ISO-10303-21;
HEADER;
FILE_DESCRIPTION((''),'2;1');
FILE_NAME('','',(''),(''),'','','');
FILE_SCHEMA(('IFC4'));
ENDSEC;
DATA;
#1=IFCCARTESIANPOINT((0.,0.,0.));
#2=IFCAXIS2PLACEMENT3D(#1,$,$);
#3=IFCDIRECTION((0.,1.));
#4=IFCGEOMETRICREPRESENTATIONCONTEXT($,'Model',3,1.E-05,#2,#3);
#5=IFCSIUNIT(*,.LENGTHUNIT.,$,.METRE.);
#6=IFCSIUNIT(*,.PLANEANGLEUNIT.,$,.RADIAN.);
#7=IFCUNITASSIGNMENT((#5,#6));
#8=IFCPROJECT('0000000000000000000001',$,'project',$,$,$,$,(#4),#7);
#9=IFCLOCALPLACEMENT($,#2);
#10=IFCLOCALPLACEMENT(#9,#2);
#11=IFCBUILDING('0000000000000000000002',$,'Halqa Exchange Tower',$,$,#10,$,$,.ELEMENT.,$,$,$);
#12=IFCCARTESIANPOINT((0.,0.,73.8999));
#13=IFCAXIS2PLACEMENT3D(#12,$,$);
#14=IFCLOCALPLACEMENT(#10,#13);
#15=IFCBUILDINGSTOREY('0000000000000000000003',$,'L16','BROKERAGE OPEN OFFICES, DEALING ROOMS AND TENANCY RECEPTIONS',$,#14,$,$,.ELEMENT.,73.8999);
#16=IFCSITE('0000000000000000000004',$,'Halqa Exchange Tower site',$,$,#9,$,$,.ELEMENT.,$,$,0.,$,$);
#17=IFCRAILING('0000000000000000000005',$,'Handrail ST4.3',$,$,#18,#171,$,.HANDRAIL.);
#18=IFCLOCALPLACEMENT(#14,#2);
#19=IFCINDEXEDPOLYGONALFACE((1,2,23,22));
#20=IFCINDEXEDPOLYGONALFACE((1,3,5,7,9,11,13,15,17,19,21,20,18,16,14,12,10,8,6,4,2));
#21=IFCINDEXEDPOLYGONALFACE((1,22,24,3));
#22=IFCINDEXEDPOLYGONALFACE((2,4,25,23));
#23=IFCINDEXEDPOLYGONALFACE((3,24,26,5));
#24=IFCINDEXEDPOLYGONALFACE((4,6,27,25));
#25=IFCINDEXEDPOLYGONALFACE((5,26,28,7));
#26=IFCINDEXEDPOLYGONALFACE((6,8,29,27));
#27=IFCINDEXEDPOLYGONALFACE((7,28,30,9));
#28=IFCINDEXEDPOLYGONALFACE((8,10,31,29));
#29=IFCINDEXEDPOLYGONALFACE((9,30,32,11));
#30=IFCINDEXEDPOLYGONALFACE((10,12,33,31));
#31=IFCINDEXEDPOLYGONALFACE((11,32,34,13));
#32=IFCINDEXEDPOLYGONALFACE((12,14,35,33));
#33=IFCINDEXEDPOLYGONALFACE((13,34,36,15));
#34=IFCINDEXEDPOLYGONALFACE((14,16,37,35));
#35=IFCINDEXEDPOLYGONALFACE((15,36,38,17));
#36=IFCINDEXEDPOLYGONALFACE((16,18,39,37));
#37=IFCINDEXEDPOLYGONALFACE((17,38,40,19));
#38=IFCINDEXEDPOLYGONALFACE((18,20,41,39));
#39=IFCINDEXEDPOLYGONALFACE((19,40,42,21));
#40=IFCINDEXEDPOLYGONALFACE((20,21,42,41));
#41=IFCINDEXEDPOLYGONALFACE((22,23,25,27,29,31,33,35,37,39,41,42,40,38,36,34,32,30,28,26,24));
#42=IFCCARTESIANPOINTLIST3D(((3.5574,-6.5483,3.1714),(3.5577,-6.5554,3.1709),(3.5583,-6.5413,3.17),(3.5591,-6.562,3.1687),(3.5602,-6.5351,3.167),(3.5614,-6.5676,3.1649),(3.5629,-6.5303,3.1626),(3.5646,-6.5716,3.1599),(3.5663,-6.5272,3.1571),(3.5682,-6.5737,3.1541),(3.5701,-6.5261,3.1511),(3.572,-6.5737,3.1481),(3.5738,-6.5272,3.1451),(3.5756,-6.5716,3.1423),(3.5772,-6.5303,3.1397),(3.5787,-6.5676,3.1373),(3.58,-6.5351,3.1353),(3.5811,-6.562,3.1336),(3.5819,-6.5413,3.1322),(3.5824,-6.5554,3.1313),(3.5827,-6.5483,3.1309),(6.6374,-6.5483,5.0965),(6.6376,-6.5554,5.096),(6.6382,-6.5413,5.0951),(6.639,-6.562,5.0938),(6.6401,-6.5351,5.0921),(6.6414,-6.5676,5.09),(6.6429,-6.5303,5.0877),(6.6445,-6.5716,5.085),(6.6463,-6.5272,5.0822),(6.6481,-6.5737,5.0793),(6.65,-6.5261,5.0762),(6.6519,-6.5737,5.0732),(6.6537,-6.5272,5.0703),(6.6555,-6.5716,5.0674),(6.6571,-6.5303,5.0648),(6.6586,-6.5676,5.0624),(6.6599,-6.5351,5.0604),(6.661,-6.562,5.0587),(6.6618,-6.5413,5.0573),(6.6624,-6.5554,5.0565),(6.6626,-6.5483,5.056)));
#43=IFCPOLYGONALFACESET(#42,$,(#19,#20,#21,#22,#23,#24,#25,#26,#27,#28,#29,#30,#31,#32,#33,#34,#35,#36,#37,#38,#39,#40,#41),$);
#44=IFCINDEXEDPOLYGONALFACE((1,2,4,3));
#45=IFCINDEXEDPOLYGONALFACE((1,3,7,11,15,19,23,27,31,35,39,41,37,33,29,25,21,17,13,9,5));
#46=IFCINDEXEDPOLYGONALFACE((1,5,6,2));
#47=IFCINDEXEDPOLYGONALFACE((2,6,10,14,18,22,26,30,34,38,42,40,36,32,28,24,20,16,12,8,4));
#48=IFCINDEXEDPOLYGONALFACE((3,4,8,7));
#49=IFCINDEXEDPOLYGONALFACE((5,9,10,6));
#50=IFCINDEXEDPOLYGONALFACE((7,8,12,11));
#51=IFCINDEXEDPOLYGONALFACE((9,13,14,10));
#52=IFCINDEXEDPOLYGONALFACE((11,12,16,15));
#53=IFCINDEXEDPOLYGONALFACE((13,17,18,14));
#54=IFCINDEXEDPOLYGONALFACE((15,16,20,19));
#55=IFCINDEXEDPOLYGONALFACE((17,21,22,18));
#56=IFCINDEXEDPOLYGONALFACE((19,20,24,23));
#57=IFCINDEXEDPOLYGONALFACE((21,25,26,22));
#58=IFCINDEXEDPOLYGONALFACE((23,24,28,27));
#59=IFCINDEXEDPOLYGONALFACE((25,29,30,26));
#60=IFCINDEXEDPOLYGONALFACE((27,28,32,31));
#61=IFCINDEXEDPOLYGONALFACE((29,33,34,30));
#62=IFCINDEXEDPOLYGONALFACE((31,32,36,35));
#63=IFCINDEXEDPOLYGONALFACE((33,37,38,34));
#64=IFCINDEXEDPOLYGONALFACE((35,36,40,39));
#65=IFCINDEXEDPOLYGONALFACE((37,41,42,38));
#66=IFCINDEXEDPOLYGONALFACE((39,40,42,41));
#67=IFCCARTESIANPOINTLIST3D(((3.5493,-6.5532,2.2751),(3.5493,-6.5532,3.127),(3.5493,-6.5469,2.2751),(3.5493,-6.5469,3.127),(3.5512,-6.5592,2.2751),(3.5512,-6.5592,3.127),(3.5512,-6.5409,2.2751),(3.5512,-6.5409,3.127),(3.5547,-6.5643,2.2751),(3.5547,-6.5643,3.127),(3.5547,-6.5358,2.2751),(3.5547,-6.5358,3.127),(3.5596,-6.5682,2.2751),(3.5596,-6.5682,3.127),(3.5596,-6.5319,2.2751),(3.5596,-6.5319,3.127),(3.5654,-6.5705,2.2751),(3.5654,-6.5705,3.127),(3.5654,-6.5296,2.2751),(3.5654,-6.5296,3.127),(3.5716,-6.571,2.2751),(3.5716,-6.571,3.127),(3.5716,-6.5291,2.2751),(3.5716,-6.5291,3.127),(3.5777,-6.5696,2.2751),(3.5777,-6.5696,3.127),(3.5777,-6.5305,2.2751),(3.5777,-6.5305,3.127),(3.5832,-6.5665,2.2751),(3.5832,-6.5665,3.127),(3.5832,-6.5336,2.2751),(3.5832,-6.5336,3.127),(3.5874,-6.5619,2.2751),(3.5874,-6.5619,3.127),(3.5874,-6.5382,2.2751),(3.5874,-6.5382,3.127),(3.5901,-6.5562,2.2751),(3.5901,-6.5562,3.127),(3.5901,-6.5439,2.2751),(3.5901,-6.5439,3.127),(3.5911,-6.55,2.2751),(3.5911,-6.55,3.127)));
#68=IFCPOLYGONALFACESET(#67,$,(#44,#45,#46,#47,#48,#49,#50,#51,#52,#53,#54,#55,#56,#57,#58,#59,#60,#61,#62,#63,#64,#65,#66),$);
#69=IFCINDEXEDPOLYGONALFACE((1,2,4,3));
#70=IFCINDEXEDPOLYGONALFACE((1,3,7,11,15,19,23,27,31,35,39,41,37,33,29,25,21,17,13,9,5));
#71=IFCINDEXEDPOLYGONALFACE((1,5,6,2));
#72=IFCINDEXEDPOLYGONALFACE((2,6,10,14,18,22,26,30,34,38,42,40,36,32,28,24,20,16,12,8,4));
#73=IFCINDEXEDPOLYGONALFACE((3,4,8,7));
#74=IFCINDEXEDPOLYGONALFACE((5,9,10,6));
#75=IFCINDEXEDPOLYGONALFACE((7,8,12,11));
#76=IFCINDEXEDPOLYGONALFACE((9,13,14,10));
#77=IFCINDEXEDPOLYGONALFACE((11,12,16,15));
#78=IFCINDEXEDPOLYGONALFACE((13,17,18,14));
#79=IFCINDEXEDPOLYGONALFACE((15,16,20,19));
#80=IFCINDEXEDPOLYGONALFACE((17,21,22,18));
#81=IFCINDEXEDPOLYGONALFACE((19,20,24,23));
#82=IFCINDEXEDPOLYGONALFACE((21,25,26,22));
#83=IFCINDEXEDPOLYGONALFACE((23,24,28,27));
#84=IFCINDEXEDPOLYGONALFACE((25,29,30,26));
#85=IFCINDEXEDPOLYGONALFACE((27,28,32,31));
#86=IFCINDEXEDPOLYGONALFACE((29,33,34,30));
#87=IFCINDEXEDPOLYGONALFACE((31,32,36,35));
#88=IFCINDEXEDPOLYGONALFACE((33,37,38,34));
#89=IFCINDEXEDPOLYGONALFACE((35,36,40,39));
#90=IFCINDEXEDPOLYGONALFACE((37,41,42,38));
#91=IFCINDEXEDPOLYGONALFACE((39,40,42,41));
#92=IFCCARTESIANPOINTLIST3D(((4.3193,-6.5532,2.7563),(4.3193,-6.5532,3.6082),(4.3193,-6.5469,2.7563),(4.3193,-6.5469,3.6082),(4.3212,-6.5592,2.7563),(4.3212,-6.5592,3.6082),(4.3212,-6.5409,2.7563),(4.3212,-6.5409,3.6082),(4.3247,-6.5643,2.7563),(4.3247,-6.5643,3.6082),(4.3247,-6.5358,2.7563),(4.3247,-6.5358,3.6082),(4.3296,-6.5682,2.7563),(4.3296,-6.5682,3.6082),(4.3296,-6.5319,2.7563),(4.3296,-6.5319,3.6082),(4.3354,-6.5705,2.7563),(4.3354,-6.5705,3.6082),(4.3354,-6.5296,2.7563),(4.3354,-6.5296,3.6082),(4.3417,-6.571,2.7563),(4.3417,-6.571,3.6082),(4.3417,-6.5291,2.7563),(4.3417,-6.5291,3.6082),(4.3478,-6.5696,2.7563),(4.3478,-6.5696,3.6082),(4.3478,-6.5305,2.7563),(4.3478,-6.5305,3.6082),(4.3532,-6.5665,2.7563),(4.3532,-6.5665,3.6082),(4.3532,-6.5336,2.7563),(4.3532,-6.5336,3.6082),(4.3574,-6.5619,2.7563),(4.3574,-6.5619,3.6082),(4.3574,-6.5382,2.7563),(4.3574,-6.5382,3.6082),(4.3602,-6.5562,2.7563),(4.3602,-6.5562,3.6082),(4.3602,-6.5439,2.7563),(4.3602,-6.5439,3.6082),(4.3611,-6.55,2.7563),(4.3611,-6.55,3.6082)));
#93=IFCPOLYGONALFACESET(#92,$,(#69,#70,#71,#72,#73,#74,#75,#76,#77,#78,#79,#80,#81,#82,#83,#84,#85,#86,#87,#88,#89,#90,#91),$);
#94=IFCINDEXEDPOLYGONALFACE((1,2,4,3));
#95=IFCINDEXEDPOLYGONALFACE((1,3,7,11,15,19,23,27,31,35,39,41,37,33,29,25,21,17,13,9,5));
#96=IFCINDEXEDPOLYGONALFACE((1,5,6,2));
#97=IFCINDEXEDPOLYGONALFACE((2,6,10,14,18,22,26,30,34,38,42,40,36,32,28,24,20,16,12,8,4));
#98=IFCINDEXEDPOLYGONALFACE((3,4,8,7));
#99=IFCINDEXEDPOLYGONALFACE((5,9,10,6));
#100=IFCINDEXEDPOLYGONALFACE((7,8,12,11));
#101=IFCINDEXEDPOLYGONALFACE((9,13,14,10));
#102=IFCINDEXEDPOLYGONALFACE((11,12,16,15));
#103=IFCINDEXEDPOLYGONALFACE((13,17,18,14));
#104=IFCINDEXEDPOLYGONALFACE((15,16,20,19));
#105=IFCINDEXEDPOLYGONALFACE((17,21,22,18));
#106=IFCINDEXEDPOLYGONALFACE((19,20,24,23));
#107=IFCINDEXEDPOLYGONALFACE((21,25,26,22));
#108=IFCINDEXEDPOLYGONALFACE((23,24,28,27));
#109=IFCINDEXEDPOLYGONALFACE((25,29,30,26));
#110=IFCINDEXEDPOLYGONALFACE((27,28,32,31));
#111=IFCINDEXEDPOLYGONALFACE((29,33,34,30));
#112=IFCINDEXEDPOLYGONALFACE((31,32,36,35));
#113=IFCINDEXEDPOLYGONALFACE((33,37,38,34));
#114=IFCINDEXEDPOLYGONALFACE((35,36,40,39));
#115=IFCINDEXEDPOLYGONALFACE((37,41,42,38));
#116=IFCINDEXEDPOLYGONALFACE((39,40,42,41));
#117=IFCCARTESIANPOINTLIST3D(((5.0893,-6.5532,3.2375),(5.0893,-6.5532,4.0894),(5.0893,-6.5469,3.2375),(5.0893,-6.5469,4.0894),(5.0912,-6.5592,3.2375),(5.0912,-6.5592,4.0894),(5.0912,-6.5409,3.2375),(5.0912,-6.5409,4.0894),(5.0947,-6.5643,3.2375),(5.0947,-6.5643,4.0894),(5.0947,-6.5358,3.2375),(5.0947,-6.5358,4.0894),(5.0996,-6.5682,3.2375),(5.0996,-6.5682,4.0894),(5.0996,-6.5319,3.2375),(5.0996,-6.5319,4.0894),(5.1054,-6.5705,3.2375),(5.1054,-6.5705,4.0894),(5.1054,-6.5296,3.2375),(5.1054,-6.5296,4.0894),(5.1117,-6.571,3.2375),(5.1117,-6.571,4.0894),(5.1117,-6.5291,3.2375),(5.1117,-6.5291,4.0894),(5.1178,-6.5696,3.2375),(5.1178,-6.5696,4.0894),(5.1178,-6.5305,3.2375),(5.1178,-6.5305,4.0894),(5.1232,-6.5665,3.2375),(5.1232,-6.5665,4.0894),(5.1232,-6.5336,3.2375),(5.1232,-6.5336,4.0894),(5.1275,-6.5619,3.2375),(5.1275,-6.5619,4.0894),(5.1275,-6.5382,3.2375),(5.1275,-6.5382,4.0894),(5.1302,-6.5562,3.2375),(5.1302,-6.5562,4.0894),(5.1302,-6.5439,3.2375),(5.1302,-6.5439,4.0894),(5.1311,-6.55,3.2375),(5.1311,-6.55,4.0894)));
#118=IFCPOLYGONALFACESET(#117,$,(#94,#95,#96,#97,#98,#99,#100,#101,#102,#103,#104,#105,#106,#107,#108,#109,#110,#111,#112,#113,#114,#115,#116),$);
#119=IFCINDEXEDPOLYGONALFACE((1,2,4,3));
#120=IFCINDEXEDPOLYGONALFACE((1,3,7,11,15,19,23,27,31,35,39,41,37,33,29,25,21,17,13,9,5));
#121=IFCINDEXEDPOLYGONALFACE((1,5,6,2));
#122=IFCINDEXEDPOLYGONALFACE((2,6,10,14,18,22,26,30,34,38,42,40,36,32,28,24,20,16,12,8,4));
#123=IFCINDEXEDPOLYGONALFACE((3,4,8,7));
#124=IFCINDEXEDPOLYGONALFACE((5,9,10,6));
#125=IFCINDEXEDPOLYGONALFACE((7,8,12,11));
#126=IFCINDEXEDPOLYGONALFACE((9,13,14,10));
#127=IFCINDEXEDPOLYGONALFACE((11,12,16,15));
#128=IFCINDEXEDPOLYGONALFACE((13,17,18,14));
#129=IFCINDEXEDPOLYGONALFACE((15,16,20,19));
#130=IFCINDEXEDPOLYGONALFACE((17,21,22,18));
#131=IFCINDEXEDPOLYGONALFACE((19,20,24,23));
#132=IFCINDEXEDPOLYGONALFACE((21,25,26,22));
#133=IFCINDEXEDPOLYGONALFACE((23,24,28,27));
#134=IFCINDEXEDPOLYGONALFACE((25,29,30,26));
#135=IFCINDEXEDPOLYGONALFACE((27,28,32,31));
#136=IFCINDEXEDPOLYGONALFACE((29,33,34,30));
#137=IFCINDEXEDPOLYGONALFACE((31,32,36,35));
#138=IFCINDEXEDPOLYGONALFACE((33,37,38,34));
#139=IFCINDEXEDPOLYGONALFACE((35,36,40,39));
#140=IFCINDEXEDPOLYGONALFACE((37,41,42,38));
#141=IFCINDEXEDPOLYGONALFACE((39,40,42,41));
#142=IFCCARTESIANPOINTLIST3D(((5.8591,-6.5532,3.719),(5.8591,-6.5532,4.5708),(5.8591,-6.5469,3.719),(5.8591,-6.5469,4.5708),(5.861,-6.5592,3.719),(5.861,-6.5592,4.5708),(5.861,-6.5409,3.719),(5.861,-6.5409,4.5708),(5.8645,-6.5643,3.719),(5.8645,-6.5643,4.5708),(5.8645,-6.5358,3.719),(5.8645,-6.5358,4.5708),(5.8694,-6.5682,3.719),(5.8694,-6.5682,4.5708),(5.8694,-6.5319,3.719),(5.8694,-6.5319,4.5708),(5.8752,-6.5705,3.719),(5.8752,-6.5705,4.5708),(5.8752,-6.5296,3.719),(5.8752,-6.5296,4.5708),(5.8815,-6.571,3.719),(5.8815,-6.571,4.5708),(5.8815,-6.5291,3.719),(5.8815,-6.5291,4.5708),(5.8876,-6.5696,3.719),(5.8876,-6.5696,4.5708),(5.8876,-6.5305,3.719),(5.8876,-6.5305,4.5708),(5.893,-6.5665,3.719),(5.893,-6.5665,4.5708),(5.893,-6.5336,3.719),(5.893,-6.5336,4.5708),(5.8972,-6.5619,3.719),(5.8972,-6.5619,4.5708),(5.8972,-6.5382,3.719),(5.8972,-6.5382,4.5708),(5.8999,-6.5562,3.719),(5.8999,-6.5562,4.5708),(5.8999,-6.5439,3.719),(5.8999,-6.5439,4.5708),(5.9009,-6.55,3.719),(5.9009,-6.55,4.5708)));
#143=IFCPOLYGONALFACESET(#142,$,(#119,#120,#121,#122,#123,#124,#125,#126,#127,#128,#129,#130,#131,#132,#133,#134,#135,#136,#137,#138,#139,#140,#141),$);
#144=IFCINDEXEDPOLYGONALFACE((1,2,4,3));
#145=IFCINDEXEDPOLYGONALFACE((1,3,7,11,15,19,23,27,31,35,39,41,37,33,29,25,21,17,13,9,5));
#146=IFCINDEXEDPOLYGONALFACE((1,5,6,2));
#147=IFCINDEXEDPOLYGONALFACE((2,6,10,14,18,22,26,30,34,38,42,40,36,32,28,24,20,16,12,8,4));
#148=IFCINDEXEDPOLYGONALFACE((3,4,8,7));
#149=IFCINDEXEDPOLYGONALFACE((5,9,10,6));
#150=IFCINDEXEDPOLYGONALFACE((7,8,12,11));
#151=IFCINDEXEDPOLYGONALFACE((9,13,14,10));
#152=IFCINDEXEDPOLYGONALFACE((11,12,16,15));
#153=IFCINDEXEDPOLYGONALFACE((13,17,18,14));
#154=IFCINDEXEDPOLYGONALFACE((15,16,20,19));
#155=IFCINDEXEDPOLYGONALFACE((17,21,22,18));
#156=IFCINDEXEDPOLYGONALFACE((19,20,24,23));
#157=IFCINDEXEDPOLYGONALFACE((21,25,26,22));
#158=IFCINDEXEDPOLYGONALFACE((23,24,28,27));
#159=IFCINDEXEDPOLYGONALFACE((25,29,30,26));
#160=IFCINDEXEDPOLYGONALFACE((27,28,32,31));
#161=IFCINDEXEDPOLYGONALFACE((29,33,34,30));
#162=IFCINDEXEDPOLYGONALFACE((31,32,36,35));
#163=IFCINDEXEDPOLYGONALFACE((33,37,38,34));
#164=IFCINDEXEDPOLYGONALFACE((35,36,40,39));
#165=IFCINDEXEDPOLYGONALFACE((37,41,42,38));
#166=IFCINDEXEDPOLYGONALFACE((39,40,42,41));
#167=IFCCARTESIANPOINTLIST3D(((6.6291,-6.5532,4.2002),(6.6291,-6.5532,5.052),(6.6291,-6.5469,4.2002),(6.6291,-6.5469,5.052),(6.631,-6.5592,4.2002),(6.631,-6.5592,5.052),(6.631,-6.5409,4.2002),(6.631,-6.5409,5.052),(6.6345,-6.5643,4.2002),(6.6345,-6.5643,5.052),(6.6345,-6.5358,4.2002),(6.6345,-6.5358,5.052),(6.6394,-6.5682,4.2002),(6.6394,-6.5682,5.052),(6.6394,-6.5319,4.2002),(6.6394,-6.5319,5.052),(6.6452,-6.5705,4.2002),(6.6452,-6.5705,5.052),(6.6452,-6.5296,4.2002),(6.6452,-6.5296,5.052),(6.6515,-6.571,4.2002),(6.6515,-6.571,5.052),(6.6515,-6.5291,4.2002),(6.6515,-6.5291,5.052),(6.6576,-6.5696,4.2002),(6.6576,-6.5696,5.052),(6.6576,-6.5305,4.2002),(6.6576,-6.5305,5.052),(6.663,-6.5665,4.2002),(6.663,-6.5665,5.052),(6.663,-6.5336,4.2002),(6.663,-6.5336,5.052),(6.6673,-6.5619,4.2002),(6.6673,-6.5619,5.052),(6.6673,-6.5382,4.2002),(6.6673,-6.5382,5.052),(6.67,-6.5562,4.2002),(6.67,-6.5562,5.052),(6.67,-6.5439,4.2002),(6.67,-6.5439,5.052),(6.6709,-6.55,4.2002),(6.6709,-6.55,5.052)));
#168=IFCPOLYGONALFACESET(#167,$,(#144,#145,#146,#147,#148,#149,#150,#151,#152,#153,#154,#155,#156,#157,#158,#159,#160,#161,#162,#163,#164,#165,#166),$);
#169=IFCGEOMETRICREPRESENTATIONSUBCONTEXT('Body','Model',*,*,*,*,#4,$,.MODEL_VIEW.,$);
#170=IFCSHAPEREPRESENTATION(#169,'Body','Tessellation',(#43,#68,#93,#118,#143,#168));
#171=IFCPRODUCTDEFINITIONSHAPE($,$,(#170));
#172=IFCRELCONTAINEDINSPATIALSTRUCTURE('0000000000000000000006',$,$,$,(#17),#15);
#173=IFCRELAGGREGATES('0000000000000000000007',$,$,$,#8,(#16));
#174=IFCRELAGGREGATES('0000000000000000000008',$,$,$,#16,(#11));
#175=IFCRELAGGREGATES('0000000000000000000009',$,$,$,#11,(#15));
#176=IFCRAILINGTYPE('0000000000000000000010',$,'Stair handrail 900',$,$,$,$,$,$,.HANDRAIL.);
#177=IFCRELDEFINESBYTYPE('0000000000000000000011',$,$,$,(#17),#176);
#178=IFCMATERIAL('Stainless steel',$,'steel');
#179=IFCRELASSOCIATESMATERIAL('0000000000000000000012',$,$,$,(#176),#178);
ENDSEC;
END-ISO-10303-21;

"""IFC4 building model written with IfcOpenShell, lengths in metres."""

from ifc_helpers import new_model, si_unit, direction, frame, origin, origin_2d, place, context, subcontext, project, spatial, circle, extrude, material, type_object, element, save


model = new_model("IFC4")

# Units and contexts
model_context = context("Model", 3, precision=1e-05, world=origin(), true_north=direction((0.0, 1.0)))
body_context = subcontext(model_context, "Body", "Model", "MODEL_VIEW")
ifc_project = project(units=[si_unit("LENGTHUNIT", "METRE"), si_unit("PLANEANGLEUNIT", "RADIAN")], contexts=[model_context])

# Site, building, storey
site_placement = place(None, origin())
site = spatial("IfcSite", under=ifc_project, at=site_placement, Name="Halqa Exchange Tower site", CompositionType="ELEMENT", RefElevation=0.0)
building_placement = place(site_placement, origin())
building = spatial("IfcBuilding", under=site, at=building_placement, Name="Halqa Exchange Tower", CompositionType="ELEMENT")
storey_placement = place(building_placement, frame((0.0, 0.0, 73.8999)))
storey = spatial("IfcBuildingStorey", under=building, at=storey_placement, Name="L16", Description="BROKERAGE OPEN OFFICES, DEALING ROOMS AND TENANCY RECEPTIONS", CompositionType="ELEMENT", Elevation=73.8999)

# Railing
ifc_material_1 = material(Name="Stainless steel", Category="steel")
railing_type_1 = type_object("IfcRailingType", Name="Stair handrail 900", PredefinedType="HANDRAIL", material=ifc_material_1)
railing_1_placement = place(storey_placement, frame((3.5701, -6.55, 2.2751)))
element("IfcRailing", 1, at=railing_1_placement, inside=storey, type_object=railing_type_1, Name="Handrail ST4.3", PredefinedType="HANDRAIL", context=body_context, shape_type="SweptSolid", body=[
    extrude(circle(Radius=0.0239, at=origin_2d()), frame((0.0, 0.0, 0.876), z_axis=(0.847979, 0.0, 0.530029), x_axis=(0.0, 1.0, 0.0)), (0.0, 0.0, 1.0), 3.6321),
    extrude(circle(Radius=0.021, at=origin_2d()), origin(), (0.0, 0.0, 1.0), 0.8518),
    extrude(circle(Radius=0.021, at=origin_2d()), frame((0.77, 0.0, 0.4812)), (0.0, 0.0, 1.0), 0.8518),
    extrude(circle(Radius=0.021, at=origin_2d()), frame((1.54, 0.0, 0.9624)), (0.0, 0.0, 1.0), 0.8518),
    extrude(circle(Radius=0.021, at=origin_2d()), frame((2.3098, 0.0, 1.4438)), (0.0, 0.0, 1.0), 0.8518),
    extrude(circle(Radius=0.021, at=origin_2d()), frame((3.0798, 0.0, 1.925)), (0.0, 0.0, 1.0), 0.8518),
])

save(model, "model.ifc")
